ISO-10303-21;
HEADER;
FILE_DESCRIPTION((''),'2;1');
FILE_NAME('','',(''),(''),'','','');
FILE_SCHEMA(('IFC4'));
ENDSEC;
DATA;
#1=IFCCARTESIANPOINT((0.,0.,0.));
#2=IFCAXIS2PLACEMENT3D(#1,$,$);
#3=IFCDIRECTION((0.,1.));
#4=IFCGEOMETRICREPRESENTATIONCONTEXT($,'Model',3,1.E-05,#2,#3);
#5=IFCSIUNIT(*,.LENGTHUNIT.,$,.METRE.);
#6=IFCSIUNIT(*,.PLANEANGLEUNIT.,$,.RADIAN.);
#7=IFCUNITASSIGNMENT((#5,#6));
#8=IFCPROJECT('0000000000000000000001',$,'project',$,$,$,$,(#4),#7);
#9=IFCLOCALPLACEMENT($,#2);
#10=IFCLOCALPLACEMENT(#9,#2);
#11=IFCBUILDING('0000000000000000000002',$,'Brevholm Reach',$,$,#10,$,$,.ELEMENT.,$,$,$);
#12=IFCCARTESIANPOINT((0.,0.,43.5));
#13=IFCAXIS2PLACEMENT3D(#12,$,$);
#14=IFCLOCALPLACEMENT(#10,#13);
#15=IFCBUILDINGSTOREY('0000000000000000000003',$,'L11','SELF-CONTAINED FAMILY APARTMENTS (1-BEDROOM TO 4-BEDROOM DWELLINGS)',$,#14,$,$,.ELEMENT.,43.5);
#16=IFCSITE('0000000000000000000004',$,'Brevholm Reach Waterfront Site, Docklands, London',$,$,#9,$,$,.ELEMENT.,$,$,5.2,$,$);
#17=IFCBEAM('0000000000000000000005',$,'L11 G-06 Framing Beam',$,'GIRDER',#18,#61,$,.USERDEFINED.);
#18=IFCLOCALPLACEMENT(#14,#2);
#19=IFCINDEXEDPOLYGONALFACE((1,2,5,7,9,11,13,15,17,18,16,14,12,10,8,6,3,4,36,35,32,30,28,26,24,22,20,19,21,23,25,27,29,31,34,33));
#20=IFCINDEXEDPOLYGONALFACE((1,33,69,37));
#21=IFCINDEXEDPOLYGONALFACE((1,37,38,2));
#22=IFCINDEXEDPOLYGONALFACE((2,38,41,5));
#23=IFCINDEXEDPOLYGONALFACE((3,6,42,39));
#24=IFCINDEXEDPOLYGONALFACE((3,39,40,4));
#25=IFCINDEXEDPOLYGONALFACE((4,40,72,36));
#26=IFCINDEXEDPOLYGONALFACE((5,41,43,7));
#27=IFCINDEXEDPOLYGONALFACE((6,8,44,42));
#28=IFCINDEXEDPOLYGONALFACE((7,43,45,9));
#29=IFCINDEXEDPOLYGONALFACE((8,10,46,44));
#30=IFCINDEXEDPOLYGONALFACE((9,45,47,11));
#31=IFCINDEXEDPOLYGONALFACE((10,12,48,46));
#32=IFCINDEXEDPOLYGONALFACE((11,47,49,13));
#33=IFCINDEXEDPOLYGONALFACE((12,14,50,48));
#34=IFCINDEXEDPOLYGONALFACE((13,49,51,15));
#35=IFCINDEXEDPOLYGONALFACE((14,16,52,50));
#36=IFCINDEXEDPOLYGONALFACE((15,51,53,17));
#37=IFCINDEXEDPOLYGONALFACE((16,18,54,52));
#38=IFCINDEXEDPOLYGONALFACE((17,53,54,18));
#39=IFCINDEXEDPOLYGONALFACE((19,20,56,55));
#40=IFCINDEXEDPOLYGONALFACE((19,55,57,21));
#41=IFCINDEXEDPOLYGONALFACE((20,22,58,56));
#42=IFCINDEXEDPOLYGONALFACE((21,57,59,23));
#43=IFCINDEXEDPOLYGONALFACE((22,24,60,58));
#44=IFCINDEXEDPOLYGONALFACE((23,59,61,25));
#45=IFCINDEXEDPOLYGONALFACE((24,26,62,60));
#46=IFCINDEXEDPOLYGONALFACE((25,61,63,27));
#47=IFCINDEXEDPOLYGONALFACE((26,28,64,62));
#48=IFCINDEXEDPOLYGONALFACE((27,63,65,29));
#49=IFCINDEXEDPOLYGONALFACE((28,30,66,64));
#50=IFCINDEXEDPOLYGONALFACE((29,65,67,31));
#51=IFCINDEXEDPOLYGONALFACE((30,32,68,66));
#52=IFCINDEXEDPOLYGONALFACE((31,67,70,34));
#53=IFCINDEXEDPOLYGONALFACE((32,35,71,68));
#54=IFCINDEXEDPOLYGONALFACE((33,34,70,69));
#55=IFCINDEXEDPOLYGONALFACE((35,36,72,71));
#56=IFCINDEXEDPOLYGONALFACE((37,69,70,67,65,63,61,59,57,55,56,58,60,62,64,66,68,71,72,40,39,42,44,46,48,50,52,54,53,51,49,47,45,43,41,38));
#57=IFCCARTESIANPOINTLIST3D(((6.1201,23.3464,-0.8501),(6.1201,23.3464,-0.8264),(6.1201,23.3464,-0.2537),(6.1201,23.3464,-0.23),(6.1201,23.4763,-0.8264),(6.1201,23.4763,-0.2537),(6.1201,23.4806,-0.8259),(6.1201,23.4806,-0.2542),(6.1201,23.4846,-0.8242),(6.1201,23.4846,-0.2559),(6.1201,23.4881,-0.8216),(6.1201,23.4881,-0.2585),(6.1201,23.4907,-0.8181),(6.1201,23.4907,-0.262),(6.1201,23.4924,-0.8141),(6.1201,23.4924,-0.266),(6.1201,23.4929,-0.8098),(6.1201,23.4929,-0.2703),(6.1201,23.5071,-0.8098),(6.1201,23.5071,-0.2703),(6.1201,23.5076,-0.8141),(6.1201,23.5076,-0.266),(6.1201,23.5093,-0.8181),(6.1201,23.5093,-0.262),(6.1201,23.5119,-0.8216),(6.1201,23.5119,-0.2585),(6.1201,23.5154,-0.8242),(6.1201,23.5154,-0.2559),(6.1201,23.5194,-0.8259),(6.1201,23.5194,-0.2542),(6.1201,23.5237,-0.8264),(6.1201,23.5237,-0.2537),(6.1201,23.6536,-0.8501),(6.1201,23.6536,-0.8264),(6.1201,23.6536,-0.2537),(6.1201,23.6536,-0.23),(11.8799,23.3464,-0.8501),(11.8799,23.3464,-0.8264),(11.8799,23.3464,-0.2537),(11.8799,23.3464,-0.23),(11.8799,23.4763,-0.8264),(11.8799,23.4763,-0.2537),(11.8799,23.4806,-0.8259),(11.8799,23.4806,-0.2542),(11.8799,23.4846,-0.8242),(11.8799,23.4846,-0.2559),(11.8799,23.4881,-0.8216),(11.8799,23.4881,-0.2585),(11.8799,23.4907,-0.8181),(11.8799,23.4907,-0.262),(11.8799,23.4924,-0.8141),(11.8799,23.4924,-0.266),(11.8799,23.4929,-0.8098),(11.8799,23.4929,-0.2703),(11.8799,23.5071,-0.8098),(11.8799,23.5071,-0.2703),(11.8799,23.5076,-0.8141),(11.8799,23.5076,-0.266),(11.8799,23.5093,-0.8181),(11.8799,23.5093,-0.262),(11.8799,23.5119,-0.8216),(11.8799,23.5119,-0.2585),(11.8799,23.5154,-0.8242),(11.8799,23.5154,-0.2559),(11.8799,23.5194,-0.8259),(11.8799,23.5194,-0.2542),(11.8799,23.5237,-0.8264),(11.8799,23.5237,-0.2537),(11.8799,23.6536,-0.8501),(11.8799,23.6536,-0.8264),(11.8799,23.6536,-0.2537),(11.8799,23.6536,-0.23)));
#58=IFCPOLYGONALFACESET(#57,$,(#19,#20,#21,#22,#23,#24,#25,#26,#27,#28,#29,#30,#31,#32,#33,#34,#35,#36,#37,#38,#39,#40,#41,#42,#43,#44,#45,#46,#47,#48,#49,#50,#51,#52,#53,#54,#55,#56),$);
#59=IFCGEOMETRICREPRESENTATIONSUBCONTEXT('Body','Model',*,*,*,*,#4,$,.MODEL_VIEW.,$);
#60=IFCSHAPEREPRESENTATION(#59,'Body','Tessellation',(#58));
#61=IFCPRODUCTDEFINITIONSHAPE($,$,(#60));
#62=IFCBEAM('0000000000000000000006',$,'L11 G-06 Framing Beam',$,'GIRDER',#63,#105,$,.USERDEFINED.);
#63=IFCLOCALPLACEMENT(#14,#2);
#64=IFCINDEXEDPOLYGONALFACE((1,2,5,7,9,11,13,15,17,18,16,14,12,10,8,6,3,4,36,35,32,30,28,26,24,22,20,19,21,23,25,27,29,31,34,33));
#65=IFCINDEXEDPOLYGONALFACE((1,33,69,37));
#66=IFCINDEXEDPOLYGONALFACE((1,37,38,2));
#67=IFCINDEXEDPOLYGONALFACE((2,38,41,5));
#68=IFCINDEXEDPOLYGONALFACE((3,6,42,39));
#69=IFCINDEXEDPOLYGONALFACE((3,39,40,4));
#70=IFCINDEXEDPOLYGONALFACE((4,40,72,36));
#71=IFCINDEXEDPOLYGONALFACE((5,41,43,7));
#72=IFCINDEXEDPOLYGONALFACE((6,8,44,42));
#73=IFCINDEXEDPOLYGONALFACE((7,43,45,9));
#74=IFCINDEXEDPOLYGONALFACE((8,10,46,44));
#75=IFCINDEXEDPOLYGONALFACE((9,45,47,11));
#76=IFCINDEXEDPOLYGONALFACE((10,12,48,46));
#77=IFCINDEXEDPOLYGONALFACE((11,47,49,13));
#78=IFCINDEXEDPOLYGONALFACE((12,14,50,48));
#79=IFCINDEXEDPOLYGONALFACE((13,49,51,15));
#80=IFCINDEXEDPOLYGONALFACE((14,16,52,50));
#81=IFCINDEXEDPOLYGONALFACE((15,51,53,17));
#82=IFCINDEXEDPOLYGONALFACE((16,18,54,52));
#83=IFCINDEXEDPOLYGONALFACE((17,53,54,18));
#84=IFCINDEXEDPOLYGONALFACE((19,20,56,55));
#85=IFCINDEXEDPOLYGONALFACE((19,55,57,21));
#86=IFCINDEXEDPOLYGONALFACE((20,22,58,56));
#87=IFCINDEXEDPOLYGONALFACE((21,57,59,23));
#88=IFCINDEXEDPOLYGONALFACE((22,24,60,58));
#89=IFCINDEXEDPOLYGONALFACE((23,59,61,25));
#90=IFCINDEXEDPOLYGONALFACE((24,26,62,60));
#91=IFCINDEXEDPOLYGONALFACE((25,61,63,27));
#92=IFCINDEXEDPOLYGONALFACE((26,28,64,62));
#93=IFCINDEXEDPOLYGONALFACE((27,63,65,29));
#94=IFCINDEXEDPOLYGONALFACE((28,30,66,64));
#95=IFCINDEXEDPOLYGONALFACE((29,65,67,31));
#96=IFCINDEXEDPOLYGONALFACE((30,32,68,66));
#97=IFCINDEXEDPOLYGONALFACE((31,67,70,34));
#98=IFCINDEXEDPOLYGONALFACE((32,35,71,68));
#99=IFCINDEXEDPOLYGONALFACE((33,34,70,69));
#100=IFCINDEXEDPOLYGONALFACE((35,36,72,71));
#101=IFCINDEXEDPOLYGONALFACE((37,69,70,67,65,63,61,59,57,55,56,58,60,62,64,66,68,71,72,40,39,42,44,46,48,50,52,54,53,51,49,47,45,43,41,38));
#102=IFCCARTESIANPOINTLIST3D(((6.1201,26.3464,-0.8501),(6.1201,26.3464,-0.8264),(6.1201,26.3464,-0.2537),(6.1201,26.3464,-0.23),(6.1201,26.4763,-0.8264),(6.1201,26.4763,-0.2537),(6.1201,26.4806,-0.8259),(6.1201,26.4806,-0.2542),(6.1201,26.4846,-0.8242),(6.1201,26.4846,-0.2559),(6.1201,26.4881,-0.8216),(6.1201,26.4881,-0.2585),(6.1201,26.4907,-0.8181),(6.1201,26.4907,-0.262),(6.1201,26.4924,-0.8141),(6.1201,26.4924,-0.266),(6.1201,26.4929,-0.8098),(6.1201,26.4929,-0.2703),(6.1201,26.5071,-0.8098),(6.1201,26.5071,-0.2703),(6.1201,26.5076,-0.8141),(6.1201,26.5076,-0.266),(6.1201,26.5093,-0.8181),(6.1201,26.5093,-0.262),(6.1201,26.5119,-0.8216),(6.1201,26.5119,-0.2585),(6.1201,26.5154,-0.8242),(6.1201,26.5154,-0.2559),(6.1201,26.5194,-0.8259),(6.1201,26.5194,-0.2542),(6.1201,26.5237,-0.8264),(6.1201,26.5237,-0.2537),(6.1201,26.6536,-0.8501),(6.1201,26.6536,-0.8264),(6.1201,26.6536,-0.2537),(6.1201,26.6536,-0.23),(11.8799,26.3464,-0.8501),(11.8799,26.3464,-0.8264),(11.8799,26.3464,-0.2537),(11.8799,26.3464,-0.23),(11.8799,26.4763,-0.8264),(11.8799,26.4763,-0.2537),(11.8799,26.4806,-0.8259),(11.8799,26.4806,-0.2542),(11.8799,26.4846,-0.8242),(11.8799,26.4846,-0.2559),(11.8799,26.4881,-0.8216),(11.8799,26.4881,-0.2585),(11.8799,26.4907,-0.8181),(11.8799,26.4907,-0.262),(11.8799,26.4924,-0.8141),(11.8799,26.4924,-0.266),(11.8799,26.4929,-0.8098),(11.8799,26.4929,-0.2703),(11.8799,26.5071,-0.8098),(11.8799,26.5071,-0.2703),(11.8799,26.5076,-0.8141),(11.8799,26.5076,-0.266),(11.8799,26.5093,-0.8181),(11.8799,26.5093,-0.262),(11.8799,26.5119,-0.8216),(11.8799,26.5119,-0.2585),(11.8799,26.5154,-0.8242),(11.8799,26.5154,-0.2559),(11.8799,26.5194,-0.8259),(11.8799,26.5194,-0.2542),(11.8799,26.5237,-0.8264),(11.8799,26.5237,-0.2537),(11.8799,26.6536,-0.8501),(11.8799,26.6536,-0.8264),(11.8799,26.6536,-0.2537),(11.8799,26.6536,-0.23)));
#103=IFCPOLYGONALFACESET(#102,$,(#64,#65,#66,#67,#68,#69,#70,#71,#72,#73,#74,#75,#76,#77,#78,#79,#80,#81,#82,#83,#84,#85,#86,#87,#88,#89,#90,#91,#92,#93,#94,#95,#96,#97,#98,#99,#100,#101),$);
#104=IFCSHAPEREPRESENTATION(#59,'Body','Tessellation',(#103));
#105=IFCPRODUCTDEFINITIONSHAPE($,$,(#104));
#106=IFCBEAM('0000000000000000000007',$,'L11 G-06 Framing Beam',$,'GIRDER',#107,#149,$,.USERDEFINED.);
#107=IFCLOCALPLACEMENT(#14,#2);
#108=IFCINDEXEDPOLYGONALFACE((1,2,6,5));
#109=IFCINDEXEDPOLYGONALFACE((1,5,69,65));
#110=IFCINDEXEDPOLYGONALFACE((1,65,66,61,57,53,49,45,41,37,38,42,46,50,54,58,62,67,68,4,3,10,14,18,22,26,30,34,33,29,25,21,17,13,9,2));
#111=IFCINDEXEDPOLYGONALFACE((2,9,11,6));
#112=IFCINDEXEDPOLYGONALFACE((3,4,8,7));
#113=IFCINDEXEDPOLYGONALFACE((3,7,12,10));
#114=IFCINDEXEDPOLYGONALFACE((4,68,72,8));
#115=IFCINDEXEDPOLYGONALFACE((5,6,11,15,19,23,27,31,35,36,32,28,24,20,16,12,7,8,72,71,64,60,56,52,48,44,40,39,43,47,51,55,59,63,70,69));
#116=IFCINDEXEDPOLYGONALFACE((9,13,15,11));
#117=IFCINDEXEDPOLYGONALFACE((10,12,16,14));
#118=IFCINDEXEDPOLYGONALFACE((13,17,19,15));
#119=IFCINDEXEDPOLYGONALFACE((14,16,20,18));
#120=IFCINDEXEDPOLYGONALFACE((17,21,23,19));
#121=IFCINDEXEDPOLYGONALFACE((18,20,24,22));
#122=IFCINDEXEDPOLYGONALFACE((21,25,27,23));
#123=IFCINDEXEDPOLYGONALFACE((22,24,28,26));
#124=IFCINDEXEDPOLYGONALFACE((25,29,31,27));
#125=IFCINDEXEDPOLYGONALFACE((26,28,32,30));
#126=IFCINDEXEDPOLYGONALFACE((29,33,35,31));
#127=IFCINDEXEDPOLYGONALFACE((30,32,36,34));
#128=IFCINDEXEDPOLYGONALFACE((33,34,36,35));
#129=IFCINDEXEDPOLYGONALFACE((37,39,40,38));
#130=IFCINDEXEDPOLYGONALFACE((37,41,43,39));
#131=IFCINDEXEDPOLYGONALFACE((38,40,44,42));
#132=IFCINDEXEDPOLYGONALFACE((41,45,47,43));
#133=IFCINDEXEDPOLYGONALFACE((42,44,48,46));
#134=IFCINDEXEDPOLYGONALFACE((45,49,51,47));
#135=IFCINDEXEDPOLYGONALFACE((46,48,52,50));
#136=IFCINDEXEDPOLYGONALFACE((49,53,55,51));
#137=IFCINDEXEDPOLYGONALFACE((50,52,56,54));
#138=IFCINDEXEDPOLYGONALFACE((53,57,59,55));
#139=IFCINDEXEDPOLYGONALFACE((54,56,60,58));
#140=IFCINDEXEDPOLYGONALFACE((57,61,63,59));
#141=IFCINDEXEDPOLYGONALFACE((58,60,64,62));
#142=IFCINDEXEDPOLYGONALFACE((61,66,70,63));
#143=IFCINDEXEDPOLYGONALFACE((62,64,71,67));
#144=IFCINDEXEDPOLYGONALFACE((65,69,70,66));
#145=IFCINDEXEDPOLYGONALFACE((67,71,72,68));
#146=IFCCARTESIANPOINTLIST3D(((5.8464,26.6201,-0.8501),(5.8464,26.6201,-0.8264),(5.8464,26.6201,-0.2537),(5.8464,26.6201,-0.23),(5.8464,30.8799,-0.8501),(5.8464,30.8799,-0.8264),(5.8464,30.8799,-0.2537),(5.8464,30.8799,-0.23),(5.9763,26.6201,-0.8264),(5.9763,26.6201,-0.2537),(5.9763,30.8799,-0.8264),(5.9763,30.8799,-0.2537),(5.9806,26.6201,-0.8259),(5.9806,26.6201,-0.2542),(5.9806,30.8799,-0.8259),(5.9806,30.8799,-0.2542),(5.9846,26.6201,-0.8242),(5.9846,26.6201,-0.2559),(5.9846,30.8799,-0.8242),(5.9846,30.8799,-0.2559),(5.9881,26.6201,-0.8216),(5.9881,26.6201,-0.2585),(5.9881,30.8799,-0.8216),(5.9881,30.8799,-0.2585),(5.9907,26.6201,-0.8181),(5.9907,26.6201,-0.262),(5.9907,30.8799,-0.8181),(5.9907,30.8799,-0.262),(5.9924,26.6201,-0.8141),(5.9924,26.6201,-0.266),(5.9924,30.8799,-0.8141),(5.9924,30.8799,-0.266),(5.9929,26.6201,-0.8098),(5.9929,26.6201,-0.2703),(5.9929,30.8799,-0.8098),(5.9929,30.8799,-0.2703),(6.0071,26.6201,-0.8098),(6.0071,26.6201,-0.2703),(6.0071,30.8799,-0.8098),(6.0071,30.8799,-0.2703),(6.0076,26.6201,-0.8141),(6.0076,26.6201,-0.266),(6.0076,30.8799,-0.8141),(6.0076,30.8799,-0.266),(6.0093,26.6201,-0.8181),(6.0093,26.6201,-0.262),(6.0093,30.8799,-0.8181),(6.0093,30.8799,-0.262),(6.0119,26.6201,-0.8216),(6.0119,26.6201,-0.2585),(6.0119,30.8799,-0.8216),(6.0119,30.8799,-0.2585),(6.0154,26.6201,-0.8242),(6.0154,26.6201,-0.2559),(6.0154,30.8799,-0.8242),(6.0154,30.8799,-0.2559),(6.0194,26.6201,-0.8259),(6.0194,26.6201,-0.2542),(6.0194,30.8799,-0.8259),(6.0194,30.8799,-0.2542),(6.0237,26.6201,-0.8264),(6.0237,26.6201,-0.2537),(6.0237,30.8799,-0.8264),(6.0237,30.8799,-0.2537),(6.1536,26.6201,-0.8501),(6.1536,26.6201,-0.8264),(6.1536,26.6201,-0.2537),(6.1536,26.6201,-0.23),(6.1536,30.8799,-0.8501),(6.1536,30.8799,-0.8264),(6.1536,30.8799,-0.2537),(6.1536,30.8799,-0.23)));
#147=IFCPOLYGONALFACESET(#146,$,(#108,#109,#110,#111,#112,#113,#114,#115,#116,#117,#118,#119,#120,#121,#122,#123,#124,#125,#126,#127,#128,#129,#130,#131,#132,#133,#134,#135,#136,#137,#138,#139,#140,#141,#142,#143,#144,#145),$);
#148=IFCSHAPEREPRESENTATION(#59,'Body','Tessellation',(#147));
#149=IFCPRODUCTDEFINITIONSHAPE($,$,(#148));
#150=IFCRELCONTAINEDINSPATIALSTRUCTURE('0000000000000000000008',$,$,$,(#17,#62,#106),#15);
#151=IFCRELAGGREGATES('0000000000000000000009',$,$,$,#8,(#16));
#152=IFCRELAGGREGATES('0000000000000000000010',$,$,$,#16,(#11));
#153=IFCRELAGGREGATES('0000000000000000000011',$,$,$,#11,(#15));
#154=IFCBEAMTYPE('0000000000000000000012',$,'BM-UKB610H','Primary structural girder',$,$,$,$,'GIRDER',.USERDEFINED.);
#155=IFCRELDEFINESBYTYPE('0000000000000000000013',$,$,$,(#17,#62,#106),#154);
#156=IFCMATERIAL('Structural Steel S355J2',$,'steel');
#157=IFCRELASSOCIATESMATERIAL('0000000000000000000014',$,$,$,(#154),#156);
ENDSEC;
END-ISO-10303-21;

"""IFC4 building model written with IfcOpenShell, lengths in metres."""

from ifc_helpers import new_model, si_unit, direction, frame, origin, origin_2d, place, context, subcontext, project, spatial, i_section, extrude, material, material_profile, profile_set, type_object, element, save


model = new_model("IFC4")

# Units and contexts
model_context = context("Model", 3, precision=1e-05, world=origin(), true_north=direction((0.0, 1.0)))
body_context = subcontext(model_context, "Body", "Model", "MODEL_VIEW")
ifc_project = project(units=[si_unit("LENGTHUNIT", "METRE"), si_unit("PLANEANGLEUNIT", "RADIAN")], contexts=[model_context])

# Site, building, storey
site_placement = place(None, origin())
site = spatial("IfcSite", under=ifc_project, at=site_placement, Name="Brevholm Reach Waterfront Site, Docklands, London", CompositionType="ELEMENT", RefElevation=5.2)
building_placement = place(site_placement, origin())
building = spatial("IfcBuilding", under=site, at=building_placement, Name="Brevholm Reach", CompositionType="ELEMENT")
storey_placement = place(building_placement, frame((0.0, 0.0, 43.5)))
storey = spatial("IfcBuildingStorey", under=building, at=storey_placement, Name="L11", Description="SELF-CONTAINED FAMILY APARTMENTS (1-BEDROOM TO 4-BEDROOM DWELLINGS)", CompositionType="ELEMENT", Elevation=43.5)

# Beams
ifc_material_1 = material(Name="Structural Steel S355J2", Category="steel")
ifc_material_profile_1 = material_profile(ifc_material_1, i_section(OverallWidth=0.3071, OverallDepth=0.6201, WebThickness=0.0142, FlangeThickness=0.0237, FilletRadius=0.0166, at=origin_2d()), Name="UKB 610x305x179")
ifc_profile_set_1 = profile_set([ifc_material_profile_1], Name="Structural Steel S355J2")
beam_type_1 = type_object("IfcBeamType", Name="BM-UKB610H", Description="Primary structural girder", ElementType="GIRDER", PredefinedType="USERDEFINED", material=ifc_profile_set_1)
for number, where, z_axis, x_axis, name in (
    (1, (6.1201, 23.5, -0.54), (1.0, 0.0, 0.0), (0.0, 1.0, 0.0), "L11 G-06 Framing Beam"),
    (2, (6.1201, 26.5, -0.54), (1.0, 0.0, 0.0), (0.0, 1.0, 0.0), "L11 G-06 Framing Beam"),
):
    element("IfcBeam", number, at=place(storey_placement, frame(where, z_axis=z_axis, x_axis=x_axis)), inside=storey, type_object=beam_type_1, Name=name, ObjectType="GIRDER", PredefinedType="USERDEFINED", context=body_context, shape_type="SweptSolid", body=[
        extrude(i_section(OverallWidth=0.3071, OverallDepth=0.6201, WebThickness=0.0142, FlangeThickness=0.0237, FilletRadius=0.0166, at=origin_2d()), origin(), (0.0, 0.0, 1.0), 5.7598),
    ])
beam_1_placement = place(storey_placement, frame((6.0, 26.6201, -0.54), z_axis=(0.0, 1.0, 0.0), x_axis=(-1.0, 0.0, 0.0)))
element("IfcBeam", 3, at=beam_1_placement, inside=storey, type_object=beam_type_1, Name="L11 G-06 Framing Beam", ObjectType="GIRDER", PredefinedType="USERDEFINED", context=body_context, shape_type="SweptSolid", body=[
    extrude(i_section(OverallWidth=0.3071, OverallDepth=0.6201, WebThickness=0.0142, FlangeThickness=0.0237, FilletRadius=0.0166, at=origin_2d()), origin(), (0.0, 0.0, 1.0), 4.2598),
])

save(model, "model.ifc")
